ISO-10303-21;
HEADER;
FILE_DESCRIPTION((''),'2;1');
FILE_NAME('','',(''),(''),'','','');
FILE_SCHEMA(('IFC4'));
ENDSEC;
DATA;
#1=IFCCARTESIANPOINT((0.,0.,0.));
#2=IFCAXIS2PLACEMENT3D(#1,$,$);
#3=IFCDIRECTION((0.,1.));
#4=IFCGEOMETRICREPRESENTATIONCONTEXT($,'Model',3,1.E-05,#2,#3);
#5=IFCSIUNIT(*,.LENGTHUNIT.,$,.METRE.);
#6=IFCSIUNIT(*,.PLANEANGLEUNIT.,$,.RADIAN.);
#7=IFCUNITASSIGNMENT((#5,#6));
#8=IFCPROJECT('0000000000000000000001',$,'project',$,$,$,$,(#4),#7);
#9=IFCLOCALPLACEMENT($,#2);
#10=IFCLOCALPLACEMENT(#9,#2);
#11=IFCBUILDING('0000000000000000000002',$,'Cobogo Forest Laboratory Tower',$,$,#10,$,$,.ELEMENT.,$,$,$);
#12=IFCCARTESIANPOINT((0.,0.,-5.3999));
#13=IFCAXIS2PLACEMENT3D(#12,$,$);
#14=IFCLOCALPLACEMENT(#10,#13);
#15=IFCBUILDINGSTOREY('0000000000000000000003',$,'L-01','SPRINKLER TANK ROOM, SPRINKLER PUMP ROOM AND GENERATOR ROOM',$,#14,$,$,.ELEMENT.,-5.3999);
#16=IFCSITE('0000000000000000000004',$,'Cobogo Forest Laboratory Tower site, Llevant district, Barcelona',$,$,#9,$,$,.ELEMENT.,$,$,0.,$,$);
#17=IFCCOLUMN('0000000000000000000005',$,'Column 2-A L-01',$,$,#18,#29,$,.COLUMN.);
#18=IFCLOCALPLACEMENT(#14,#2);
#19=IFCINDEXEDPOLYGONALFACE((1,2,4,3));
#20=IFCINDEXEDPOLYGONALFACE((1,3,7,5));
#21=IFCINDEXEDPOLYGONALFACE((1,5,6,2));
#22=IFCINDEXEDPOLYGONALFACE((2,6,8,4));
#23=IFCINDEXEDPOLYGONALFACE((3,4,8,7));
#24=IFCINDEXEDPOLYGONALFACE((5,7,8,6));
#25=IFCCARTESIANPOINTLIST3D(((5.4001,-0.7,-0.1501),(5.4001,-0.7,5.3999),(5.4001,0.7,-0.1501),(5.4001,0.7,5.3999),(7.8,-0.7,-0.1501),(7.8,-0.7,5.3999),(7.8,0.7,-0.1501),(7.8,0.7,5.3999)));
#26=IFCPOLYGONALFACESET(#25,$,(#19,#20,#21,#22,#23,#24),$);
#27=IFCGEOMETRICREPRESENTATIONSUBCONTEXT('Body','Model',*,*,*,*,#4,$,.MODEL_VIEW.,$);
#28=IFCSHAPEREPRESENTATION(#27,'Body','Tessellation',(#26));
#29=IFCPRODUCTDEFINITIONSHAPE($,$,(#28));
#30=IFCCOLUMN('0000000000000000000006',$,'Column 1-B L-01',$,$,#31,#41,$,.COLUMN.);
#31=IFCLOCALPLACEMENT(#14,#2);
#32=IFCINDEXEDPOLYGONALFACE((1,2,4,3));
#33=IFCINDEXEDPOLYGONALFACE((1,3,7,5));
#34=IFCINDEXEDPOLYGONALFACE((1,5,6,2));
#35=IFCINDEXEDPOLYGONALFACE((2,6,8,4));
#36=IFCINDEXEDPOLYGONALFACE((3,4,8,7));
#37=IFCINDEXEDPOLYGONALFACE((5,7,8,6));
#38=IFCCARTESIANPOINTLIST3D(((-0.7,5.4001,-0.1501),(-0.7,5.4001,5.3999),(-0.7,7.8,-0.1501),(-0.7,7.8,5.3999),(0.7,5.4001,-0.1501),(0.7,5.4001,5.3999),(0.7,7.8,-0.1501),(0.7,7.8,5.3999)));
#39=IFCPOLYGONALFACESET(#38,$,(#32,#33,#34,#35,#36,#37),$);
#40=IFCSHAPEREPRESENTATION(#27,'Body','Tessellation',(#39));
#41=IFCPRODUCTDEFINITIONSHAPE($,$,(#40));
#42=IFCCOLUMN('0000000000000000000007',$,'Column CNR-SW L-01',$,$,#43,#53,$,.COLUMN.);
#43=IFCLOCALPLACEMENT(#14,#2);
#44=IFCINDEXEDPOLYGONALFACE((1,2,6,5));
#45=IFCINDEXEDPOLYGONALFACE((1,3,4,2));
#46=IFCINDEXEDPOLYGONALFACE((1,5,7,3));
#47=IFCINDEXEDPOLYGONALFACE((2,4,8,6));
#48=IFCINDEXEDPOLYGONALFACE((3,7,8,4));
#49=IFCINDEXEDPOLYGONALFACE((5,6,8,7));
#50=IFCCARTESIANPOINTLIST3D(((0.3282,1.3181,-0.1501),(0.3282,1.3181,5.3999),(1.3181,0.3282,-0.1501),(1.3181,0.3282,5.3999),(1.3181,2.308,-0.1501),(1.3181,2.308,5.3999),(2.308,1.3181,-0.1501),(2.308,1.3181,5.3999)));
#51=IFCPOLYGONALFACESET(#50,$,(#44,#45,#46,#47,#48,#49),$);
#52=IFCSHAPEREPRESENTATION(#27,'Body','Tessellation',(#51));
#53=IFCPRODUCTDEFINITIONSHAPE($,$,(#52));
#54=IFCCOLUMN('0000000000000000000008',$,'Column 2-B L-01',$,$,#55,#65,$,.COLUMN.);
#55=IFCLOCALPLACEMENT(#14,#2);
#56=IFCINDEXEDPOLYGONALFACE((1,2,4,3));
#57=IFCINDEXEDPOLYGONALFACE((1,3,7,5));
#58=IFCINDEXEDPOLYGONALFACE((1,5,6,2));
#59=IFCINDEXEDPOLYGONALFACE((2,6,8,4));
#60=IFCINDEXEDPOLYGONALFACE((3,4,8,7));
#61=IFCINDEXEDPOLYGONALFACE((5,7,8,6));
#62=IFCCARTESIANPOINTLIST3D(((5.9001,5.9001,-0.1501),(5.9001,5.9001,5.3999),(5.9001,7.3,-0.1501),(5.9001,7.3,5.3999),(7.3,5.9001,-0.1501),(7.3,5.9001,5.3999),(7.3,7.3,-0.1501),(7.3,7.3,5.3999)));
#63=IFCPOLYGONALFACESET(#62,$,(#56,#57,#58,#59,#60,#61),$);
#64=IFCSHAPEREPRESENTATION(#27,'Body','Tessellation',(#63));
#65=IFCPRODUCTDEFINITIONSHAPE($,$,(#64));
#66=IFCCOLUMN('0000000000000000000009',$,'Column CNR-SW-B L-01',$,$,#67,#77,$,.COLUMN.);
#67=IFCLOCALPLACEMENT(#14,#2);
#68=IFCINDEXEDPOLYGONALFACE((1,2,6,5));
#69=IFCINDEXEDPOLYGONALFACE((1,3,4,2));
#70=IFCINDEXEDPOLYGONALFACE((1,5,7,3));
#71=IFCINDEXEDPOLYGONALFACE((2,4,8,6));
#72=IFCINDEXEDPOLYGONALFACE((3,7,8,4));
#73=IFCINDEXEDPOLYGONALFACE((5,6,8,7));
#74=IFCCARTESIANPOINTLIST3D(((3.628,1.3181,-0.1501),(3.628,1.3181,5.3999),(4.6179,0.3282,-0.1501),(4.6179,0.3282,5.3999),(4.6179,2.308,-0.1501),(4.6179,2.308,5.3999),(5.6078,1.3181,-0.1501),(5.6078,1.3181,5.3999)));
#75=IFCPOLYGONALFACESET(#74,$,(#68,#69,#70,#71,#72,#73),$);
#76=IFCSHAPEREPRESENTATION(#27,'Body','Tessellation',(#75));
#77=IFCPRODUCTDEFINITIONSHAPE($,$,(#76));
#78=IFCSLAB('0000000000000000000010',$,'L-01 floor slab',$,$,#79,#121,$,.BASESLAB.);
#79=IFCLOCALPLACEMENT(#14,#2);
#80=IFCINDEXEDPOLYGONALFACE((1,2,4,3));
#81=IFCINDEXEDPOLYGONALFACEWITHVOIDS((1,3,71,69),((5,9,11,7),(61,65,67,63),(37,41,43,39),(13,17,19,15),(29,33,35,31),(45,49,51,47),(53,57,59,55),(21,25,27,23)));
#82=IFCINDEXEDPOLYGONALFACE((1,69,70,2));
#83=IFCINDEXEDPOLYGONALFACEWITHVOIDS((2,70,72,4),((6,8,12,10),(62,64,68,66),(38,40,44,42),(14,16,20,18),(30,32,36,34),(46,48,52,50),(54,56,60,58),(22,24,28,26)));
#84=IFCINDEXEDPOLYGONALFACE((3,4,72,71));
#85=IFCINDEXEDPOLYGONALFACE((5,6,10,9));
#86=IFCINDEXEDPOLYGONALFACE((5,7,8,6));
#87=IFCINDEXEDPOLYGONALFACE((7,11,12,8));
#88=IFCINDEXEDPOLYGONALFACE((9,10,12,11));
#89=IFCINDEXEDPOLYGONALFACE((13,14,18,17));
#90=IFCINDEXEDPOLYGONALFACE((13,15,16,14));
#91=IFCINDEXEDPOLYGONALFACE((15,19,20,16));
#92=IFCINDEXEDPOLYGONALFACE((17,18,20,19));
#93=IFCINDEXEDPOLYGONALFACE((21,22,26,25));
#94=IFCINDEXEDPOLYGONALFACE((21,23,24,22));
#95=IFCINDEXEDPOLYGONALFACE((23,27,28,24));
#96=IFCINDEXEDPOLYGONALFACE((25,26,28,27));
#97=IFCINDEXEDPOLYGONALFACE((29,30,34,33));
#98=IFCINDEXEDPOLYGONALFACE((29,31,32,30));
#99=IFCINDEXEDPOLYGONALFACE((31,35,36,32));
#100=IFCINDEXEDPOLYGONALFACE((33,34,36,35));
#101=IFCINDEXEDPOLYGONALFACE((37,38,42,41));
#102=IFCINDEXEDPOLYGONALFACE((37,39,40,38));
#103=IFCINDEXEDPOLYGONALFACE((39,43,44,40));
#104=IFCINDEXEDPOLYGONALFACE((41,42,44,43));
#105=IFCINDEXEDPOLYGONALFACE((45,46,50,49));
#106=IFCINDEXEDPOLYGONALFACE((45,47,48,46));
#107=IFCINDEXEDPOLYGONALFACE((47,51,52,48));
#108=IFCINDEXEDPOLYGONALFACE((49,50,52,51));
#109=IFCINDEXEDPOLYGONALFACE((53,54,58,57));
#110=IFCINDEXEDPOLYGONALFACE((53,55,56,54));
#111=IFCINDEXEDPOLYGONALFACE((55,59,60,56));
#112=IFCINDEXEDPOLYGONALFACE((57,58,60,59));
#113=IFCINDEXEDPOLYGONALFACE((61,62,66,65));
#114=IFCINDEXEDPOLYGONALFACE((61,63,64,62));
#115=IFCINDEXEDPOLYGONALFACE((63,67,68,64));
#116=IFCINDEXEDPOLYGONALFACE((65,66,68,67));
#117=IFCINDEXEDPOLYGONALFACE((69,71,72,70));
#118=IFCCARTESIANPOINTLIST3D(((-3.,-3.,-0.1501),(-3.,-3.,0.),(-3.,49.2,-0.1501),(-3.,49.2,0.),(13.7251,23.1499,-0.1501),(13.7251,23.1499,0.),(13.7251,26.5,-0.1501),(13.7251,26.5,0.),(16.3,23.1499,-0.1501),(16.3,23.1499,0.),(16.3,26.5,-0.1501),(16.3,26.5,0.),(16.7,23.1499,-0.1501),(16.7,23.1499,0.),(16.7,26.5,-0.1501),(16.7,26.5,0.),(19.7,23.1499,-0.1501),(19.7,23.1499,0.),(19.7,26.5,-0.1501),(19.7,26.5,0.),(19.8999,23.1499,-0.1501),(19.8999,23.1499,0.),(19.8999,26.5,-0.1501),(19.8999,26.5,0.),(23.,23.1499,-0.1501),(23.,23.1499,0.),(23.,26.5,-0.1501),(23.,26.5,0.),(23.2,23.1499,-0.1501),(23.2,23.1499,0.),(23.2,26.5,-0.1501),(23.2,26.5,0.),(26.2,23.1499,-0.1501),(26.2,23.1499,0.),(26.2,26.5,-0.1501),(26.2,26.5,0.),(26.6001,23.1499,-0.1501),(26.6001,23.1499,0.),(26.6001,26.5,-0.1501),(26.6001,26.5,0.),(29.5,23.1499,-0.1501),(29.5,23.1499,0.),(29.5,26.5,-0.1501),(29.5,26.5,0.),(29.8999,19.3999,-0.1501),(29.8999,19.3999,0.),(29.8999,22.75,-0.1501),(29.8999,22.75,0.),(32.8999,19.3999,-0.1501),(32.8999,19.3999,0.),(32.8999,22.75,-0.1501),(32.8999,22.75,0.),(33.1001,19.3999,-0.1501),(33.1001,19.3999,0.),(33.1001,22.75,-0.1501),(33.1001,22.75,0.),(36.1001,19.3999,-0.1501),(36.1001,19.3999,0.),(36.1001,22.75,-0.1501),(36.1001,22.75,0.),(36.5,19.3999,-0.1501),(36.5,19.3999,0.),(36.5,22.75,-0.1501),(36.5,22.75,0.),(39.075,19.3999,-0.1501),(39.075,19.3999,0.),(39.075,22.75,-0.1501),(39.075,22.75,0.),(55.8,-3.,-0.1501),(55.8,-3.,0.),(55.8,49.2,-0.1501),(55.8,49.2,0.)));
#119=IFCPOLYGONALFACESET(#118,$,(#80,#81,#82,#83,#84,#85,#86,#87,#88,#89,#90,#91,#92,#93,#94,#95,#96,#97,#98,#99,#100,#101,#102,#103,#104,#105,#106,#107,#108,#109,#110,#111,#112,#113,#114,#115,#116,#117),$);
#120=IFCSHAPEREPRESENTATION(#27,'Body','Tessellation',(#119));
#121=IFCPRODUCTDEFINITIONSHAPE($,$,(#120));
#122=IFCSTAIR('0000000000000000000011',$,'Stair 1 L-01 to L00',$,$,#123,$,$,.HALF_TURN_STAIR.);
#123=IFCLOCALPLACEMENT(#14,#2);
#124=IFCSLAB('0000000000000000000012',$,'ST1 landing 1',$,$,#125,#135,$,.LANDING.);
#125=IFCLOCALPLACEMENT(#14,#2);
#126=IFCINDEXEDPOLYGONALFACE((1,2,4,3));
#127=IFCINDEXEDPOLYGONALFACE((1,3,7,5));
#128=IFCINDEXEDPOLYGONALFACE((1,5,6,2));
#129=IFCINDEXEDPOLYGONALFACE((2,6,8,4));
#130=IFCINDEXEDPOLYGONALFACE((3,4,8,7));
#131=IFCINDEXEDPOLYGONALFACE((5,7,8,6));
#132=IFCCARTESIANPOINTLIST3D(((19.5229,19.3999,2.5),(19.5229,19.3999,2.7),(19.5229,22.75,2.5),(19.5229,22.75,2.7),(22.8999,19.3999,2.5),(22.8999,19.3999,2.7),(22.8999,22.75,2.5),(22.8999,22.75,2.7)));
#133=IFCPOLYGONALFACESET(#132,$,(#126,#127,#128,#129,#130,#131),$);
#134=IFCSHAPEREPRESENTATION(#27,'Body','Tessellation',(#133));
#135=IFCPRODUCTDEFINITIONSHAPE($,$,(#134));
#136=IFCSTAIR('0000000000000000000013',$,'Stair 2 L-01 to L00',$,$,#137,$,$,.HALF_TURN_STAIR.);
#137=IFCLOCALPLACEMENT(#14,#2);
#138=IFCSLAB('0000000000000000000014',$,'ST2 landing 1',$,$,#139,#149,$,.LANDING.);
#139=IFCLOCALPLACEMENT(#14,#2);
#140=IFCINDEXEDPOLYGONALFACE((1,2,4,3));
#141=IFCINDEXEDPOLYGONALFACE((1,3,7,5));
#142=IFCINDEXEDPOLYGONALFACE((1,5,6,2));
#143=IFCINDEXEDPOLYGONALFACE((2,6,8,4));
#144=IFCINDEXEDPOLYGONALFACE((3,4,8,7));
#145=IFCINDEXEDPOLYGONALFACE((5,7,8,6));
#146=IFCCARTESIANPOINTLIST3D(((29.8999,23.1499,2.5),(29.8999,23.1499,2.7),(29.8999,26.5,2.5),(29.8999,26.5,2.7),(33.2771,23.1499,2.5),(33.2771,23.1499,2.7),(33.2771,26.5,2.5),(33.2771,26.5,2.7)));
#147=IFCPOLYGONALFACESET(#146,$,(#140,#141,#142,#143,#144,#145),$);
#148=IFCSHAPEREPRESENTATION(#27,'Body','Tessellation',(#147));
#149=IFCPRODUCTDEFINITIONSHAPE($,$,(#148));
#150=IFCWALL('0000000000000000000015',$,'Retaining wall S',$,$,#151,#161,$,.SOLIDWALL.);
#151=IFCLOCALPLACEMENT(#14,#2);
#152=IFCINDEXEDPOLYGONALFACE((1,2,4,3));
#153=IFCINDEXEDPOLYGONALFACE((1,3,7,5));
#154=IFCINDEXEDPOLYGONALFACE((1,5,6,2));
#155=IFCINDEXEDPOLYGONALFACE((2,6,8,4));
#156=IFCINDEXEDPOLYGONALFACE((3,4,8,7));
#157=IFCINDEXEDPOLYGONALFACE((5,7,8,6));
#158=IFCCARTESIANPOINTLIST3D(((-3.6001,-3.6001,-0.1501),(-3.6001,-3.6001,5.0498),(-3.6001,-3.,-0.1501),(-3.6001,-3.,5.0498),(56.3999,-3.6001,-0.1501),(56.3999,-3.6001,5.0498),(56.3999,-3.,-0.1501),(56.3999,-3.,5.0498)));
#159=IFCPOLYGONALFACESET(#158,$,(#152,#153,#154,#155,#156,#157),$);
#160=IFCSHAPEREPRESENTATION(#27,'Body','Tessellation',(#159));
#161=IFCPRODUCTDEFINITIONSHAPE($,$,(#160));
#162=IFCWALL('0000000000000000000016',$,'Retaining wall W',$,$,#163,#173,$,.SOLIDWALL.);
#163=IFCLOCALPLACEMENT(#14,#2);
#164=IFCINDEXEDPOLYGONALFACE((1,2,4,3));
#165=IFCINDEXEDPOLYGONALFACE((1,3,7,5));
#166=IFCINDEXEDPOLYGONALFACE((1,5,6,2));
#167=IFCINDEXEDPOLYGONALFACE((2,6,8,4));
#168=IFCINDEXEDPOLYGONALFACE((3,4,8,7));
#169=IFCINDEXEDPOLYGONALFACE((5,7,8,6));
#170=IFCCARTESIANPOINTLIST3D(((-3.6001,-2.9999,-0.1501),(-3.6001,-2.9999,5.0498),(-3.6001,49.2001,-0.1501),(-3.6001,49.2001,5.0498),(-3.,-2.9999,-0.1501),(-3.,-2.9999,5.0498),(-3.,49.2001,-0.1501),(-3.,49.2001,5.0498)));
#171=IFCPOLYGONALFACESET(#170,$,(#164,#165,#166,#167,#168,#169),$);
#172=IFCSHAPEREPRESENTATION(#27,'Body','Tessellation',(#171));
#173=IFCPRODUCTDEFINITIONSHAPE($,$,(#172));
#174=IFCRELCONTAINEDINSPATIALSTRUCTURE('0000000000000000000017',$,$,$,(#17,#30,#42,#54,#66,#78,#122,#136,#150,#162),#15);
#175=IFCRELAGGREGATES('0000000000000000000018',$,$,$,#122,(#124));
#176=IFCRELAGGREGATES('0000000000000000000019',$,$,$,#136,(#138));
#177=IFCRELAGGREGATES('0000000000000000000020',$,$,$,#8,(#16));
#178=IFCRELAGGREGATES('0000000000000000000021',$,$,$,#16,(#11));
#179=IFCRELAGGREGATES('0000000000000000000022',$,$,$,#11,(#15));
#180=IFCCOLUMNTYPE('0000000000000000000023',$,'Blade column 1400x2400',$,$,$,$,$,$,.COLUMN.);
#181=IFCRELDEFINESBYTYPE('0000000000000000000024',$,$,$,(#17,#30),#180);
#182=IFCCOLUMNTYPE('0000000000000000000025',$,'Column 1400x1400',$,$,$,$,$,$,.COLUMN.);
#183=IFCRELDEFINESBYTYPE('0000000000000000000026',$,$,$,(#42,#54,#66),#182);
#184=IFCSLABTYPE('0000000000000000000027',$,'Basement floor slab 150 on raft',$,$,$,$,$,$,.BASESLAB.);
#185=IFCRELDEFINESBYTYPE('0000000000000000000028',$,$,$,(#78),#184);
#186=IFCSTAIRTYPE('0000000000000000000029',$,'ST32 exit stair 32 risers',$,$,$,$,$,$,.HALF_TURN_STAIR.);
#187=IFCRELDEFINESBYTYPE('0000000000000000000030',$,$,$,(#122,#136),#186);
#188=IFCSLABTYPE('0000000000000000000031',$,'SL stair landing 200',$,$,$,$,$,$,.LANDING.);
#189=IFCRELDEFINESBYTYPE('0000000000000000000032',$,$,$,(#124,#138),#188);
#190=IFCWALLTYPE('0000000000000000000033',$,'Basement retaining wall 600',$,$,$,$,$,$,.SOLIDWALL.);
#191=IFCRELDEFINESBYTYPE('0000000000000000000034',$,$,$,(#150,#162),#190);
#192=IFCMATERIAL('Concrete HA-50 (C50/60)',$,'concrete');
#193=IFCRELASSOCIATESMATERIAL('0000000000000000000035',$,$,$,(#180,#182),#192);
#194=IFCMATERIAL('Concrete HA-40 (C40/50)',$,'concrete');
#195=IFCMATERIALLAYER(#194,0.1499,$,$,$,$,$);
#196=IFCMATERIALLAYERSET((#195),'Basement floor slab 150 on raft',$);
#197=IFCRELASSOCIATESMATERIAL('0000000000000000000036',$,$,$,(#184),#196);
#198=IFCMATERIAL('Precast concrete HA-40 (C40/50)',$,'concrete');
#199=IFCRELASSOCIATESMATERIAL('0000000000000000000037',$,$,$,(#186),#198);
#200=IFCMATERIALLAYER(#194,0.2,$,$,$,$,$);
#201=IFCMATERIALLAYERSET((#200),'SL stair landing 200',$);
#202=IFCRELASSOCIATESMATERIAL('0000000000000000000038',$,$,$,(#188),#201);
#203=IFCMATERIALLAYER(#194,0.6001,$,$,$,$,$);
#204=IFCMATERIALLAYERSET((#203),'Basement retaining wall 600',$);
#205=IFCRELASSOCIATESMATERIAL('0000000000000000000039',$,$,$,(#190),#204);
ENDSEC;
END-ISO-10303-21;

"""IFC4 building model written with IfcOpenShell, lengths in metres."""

from ifc_helpers import new_model, si_unit, direction, frame, frame_2d, origin, origin_2d, place, context, subcontext, project, spatial, polyline, rectangle, outline, extrude, material, layer, layer_set, material_profile, profile_set, type_object, element, aggregate, save


model = new_model("IFC4")

# Units and contexts
model_context = context("Model", 3, precision=1e-05, world=origin(), true_north=direction((0.0, 1.0)))
body_context = subcontext(model_context, "Body", "Model", "MODEL_VIEW")
ifc_project = project(units=[si_unit("LENGTHUNIT", "METRE"), si_unit("PLANEANGLEUNIT", "RADIAN")], contexts=[model_context])

# Site, building, storey
site_placement = place(None, origin())
site = spatial("IfcSite", under=ifc_project, at=site_placement, Name="Cobogo Forest Laboratory Tower site, Llevant district, Barcelona", CompositionType="ELEMENT", RefElevation=0.0)
building_placement = place(site_placement, origin())
building = spatial("IfcBuilding", under=site, at=building_placement, Name="Cobogo Forest Laboratory Tower", CompositionType="ELEMENT")
storey_placement = place(building_placement, frame((0.0, 0.0, -5.3999)))
storey = spatial("IfcBuildingStorey", under=building, at=storey_placement, Name="L-01", Description="SPRINKLER TANK ROOM, SPRINKLER PUMP ROOM AND GENERATOR ROOM", CompositionType="ELEMENT", Elevation=-5.3999)

# Shared definitions
ifc_material_1 = material(Name="Concrete HA-40 (C40/50)", Category="concrete")

# Columns
ifc_material_2 = material(Name="Concrete HA-50 (C50/60)", Category="concrete")
ifc_material_profile_1 = material_profile(ifc_material_2, rectangle(XDim=2.3999, YDim=1.3999, at=origin_2d()), Name="RC 1400x2400")
ifc_profile_set_1 = profile_set([ifc_material_profile_1], Name="Concrete HA-50 (C50/60)")
column_type_1 = type_object("IfcColumnType", Name="Blade column 1400x2400", PredefinedType="COLUMN", material=ifc_profile_set_1)
for number, where, z_axis, x_axis, name in (
    (1, (6.6001, 0.0, -0.1501), (0.0, 0.0, 1.0), (1.0, 0.0, 0.0), "Column 2-A L-01"),
    (2, (0.0, 6.6001, -0.1501), (0.0, 0.0, 1.0), (0.0, 1.0, 0.0), "Column 1-B L-01"),
):
    element("IfcColumn", number, at=place(storey_placement, frame(where, z_axis=z_axis, x_axis=x_axis)), inside=storey, type_object=column_type_1, Name=name, PredefinedType="COLUMN", context=body_context, shape_type="SweptSolid", body=[
        extrude(rectangle(XDim=2.3999, YDim=1.3999, at=origin_2d()), origin(), (0.0, 0.0, 1.0), 5.55),
    ])
ifc_material_profile_2 = material_profile(ifc_material_2, rectangle(XDim=1.3999, YDim=1.3999, at=origin_2d()), Name="RC 1400x1400")
ifc_profile_set_2 = profile_set([ifc_material_profile_2], Name="Concrete HA-50 (C50/60)")
column_type_2 = type_object("IfcColumnType", Name="Column 1400x1400", PredefinedType="COLUMN", material=ifc_profile_set_2)
for number, where, z_axis, x_axis, name in (
    (3, (1.3181, 1.3181, -0.1501), (0.0, 0.0, 1.0), (0.707107, 0.707107, 0.0), "Column CNR-SW L-01"),
    (4, (6.6001, 6.6001, -0.1501), (0.0, 0.0, 1.0), (1.0, 0.0, 0.0), "Column 2-B L-01"),
    (5, (4.6179, 1.3181, -0.1501), (0.0, 0.0, 1.0), (0.707107, 0.707107, 0.0), "Column CNR-SW-B L-01"),
):
    element("IfcColumn", number, at=place(storey_placement, frame(where, z_axis=z_axis, x_axis=x_axis)), inside=storey, type_object=column_type_2, Name=name, PredefinedType="COLUMN", context=body_context, shape_type="SweptSolid", body=[
        extrude(rectangle(XDim=1.3999, YDim=1.3999, at=origin_2d()), origin(), (0.0, 0.0, 1.0), 5.55),
    ])

# Slab
ifc_layer_1 = layer(ifc_material_1, 0.1499)
ifc_layer_set_1 = layer_set([ifc_layer_1], Name="Basement floor slab 150 on raft")
slab_type_1 = type_object("IfcSlabType", Name="Basement floor slab 150 on raft", PredefinedType="BASESLAB", material=ifc_layer_set_1)
slab_1_placement = place(storey_placement, frame((0.0, 0.0, -0.1501)))
element("IfcSlab", 6, at=slab_1_placement, inside=storey, type_object=slab_type_1, Name="L-01 floor slab", PredefinedType="BASESLAB", context=body_context, shape_type="SweptSolid", body=[
    extrude(outline(polyline([(-3.0, -3.0), (55.8, -3.0), (55.8, 49.2), (-3.0, 49.2), (-3.0, -3.0)]), holes=[polyline([(29.8999, 19.3999), (32.8999, 19.3999), (32.8999, 22.75), (29.8999, 22.75), (29.8999, 19.3999)]), polyline([(33.1001, 19.3999), (36.1001, 19.3999), (36.1001, 22.75), (33.1001, 22.75), (33.1001, 19.3999)]), polyline([(36.5, 19.3999), (39.075, 19.3999), (39.075, 22.75), (36.5, 22.75), (36.5, 19.3999)]), polyline([(13.7251, 23.1499), (16.3, 23.1499), (16.3, 26.5), (13.7251, 26.5), (13.7251, 23.1499)]), polyline([(16.7, 23.1499), (19.7, 23.1499), (19.7, 26.5), (16.7, 26.5), (16.7, 23.1499)]), polyline([(19.8999, 23.1499), (23.0, 23.1499), (23.0, 26.5), (19.8999, 26.5), (19.8999, 23.1499)]), polyline([(23.2, 23.1499), (26.2, 23.1499), (26.2, 26.5), (23.2, 26.5), (23.2, 23.1499)]), polyline([(26.6001, 23.1499), (29.5, 23.1499), (29.5, 26.5), (26.6001, 26.5), (26.6001, 23.1499)])]), origin(), (0.0, 0.0, 1.0), 0.1501),
])

# Stairs, slabs
ifc_material_3 = material(Name="Precast concrete HA-40 (C40/50)", Category="concrete")
stair_type = type_object("IfcStairType", Name="ST32 exit stair 32 risers", PredefinedType="HALF_TURN_STAIR", material=ifc_material_3)
stair_1_placement = place(storey_placement, origin())
stair_1 = element("IfcStair", 7, at=stair_1_placement, inside=storey, type_object=stair_type, Name="Stair 1 L-01 to L00", PredefinedType="HALF_TURN_STAIR")
ifc_layer_2 = layer(ifc_material_1, 0.2)
ifc_layer_set_2 = layer_set([ifc_layer_2], Name="SL stair landing 200")
slab_type_2 = type_object("IfcSlabType", Name="SL stair landing 200", PredefinedType="LANDING", material=ifc_layer_set_2)
slab_2_placement = place(storey_placement, frame((0.0, 0.0, 2.5)))
slab_2 = element("IfcSlab", 8, at=slab_2_placement, type_object=slab_type_2, Name="ST1 landing 1", PredefinedType="LANDING", context=body_context, shape_type="SweptSolid", body=[
    extrude(outline(polyline([(19.5229, 19.3999), (22.8999, 19.3999), (22.8999, 22.75), (19.5229, 22.75), (19.5229, 19.3999)])), origin(), (0.0, 0.0, 1.0), 0.2),
])
aggregate(stair_1, [slab_2])
stair_2_placement = place(storey_placement, origin())
stair_2 = element("IfcStair", 9, at=stair_2_placement, inside=storey, type_object=stair_type, Name="Stair 2 L-01 to L00", PredefinedType="HALF_TURN_STAIR")
slab_3_placement = place(storey_placement, frame((0.0, 0.0, 2.5)))
slab_3 = element("IfcSlab", 10, at=slab_3_placement, type_object=slab_type_2, Name="ST2 landing 1", PredefinedType="LANDING", context=body_context, shape_type="SweptSolid", body=[
    extrude(outline(polyline([(29.8999, 23.1499), (33.2771, 23.1499), (33.2771, 26.5), (29.8999, 26.5), (29.8999, 23.1499)])), origin(), (0.0, 0.0, 1.0), 0.2),
])
aggregate(stair_2, [slab_3])

# Walls
ifc_layer_3 = layer(ifc_material_1, 0.6001)
ifc_layer_set_3 = layer_set([ifc_layer_3], Name="Basement retaining wall 600")
wall_type = type_object("IfcWallType", Name="Basement retaining wall 600", PredefinedType="SOLIDWALL", material=ifc_layer_set_3)
wall_1_placement = place(storey_placement, frame((-3.6001, -3.3, -0.1501), z_axis=(0.0, 0.0, 1.0), x_axis=(1.0, 0.0, 0.0)))
element("IfcWall", 11, at=wall_1_placement, inside=storey, type_object=wall_type, Name="Retaining wall S", PredefinedType="SOLIDWALL", context=body_context, shape_type="SweptSolid", body=[
    extrude(rectangle(XDim=60.0, YDim=0.6001, at=frame_2d((30.0, 0.0))), origin(), (0.0, 0.0, 1.0), 5.2),
])
wall_2_placement = place(storey_placement, frame((-3.3, -3.0, -0.1501), z_axis=(0.0, 0.0, 1.0), x_axis=(0.0, 1.0, 0.0)))
element("IfcWall", 12, at=wall_2_placement, inside=storey, type_object=wall_type, Name="Retaining wall W", PredefinedType="SOLIDWALL", context=body_context, shape_type="SweptSolid", body=[
    extrude(rectangle(XDim=52.2, YDim=0.6001, at=frame_2d((26.1001, 0.0))), origin(), (0.0, 0.0, 1.0), 5.2),
])

save(model, "model.ifc")
